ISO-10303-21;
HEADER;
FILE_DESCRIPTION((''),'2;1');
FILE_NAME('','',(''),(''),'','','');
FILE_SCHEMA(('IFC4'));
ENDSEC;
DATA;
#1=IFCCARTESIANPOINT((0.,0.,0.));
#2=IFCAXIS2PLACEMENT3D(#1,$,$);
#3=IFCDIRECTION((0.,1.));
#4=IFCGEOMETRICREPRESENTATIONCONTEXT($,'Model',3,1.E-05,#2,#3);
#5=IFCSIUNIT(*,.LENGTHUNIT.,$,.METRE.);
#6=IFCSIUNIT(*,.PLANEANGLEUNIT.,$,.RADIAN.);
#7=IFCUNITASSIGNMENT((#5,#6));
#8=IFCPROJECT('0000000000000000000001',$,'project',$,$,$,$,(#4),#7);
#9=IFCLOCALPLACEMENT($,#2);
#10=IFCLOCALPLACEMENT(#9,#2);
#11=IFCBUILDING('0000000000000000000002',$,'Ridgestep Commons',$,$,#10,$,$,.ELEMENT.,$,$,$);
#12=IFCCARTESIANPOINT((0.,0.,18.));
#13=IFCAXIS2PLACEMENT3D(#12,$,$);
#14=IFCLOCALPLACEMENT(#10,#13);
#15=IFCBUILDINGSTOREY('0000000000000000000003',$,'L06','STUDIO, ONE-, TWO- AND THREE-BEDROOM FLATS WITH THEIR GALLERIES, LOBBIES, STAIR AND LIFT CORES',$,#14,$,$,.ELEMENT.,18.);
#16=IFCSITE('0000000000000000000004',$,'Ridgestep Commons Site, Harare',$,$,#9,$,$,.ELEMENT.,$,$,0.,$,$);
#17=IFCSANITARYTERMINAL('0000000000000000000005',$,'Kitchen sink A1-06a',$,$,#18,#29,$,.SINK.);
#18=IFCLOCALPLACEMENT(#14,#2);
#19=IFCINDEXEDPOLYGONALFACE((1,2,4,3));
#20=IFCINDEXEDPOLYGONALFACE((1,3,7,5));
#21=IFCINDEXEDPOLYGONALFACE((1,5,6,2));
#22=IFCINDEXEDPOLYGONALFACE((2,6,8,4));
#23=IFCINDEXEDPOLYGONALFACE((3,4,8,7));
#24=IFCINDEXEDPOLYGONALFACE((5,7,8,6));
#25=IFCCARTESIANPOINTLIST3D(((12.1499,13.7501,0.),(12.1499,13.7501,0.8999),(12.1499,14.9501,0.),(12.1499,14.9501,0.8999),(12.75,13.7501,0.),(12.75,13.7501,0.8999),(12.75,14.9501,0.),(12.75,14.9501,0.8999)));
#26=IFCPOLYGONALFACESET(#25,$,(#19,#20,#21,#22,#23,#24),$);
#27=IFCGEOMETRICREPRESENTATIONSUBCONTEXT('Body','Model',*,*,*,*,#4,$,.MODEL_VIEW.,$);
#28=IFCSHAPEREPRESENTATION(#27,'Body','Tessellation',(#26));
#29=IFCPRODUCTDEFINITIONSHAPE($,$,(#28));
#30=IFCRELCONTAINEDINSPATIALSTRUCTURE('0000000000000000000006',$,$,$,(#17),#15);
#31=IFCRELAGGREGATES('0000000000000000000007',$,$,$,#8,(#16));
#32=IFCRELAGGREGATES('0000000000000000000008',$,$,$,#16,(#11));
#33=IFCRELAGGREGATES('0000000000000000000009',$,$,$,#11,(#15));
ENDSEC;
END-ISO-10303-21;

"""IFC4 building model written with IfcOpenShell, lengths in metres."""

from ifc_helpers import new_model, si_unit, direction, frame, origin, origin_2d, place, context, subcontext, project, spatial, rectangle, extrude, element, save


model = new_model("IFC4")

# Units and contexts
model_context = context("Model", 3, precision=1e-05, world=origin(), true_north=direction((0.0, 1.0)))
body_context = subcontext(model_context, "Body", "Model", "MODEL_VIEW")
ifc_project = project(units=[si_unit("LENGTHUNIT", "METRE"), si_unit("PLANEANGLEUNIT", "RADIAN")], contexts=[model_context])

# Site, building, storey
site_placement = place(None, origin())
site = spatial("IfcSite", under=ifc_project, at=site_placement, Name="Ridgestep Commons Site, Harare", CompositionType="ELEMENT", RefElevation=0.0)
building_placement = place(site_placement, origin())
building = spatial("IfcBuilding", under=site, at=building_placement, Name="Ridgestep Commons", CompositionType="ELEMENT")
storey_placement = place(building_placement, frame((0.0, 0.0, 18.0)))
storey = spatial("IfcBuildingStorey", under=building, at=storey_placement, Name="L06", Description="STUDIO, ONE-, TWO- AND THREE-BEDROOM FLATS WITH THEIR GALLERIES, LOBBIES, STAIR AND LIFT CORES", CompositionType="ELEMENT", Elevation=18.0)

# Sanitary terminal
sanitary_terminal_placement = place(storey_placement, frame((12.45, 14.3501, 0.0), z_axis=(0.0, 0.0, 1.0), x_axis=(1.0, 0.0, 0.0)))
element("IfcSanitaryTerminal", 1, at=sanitary_terminal_placement, inside=storey, Name="Kitchen sink A1-06a", PredefinedType="SINK", context=body_context, shape_type="SweptSolid", body=[
    extrude(rectangle(XDim=0.6001, YDim=1.2, at=origin_2d()), origin(), (0.0, 0.0, 1.0), 0.8999),
])

save(model, "model.ifc")
